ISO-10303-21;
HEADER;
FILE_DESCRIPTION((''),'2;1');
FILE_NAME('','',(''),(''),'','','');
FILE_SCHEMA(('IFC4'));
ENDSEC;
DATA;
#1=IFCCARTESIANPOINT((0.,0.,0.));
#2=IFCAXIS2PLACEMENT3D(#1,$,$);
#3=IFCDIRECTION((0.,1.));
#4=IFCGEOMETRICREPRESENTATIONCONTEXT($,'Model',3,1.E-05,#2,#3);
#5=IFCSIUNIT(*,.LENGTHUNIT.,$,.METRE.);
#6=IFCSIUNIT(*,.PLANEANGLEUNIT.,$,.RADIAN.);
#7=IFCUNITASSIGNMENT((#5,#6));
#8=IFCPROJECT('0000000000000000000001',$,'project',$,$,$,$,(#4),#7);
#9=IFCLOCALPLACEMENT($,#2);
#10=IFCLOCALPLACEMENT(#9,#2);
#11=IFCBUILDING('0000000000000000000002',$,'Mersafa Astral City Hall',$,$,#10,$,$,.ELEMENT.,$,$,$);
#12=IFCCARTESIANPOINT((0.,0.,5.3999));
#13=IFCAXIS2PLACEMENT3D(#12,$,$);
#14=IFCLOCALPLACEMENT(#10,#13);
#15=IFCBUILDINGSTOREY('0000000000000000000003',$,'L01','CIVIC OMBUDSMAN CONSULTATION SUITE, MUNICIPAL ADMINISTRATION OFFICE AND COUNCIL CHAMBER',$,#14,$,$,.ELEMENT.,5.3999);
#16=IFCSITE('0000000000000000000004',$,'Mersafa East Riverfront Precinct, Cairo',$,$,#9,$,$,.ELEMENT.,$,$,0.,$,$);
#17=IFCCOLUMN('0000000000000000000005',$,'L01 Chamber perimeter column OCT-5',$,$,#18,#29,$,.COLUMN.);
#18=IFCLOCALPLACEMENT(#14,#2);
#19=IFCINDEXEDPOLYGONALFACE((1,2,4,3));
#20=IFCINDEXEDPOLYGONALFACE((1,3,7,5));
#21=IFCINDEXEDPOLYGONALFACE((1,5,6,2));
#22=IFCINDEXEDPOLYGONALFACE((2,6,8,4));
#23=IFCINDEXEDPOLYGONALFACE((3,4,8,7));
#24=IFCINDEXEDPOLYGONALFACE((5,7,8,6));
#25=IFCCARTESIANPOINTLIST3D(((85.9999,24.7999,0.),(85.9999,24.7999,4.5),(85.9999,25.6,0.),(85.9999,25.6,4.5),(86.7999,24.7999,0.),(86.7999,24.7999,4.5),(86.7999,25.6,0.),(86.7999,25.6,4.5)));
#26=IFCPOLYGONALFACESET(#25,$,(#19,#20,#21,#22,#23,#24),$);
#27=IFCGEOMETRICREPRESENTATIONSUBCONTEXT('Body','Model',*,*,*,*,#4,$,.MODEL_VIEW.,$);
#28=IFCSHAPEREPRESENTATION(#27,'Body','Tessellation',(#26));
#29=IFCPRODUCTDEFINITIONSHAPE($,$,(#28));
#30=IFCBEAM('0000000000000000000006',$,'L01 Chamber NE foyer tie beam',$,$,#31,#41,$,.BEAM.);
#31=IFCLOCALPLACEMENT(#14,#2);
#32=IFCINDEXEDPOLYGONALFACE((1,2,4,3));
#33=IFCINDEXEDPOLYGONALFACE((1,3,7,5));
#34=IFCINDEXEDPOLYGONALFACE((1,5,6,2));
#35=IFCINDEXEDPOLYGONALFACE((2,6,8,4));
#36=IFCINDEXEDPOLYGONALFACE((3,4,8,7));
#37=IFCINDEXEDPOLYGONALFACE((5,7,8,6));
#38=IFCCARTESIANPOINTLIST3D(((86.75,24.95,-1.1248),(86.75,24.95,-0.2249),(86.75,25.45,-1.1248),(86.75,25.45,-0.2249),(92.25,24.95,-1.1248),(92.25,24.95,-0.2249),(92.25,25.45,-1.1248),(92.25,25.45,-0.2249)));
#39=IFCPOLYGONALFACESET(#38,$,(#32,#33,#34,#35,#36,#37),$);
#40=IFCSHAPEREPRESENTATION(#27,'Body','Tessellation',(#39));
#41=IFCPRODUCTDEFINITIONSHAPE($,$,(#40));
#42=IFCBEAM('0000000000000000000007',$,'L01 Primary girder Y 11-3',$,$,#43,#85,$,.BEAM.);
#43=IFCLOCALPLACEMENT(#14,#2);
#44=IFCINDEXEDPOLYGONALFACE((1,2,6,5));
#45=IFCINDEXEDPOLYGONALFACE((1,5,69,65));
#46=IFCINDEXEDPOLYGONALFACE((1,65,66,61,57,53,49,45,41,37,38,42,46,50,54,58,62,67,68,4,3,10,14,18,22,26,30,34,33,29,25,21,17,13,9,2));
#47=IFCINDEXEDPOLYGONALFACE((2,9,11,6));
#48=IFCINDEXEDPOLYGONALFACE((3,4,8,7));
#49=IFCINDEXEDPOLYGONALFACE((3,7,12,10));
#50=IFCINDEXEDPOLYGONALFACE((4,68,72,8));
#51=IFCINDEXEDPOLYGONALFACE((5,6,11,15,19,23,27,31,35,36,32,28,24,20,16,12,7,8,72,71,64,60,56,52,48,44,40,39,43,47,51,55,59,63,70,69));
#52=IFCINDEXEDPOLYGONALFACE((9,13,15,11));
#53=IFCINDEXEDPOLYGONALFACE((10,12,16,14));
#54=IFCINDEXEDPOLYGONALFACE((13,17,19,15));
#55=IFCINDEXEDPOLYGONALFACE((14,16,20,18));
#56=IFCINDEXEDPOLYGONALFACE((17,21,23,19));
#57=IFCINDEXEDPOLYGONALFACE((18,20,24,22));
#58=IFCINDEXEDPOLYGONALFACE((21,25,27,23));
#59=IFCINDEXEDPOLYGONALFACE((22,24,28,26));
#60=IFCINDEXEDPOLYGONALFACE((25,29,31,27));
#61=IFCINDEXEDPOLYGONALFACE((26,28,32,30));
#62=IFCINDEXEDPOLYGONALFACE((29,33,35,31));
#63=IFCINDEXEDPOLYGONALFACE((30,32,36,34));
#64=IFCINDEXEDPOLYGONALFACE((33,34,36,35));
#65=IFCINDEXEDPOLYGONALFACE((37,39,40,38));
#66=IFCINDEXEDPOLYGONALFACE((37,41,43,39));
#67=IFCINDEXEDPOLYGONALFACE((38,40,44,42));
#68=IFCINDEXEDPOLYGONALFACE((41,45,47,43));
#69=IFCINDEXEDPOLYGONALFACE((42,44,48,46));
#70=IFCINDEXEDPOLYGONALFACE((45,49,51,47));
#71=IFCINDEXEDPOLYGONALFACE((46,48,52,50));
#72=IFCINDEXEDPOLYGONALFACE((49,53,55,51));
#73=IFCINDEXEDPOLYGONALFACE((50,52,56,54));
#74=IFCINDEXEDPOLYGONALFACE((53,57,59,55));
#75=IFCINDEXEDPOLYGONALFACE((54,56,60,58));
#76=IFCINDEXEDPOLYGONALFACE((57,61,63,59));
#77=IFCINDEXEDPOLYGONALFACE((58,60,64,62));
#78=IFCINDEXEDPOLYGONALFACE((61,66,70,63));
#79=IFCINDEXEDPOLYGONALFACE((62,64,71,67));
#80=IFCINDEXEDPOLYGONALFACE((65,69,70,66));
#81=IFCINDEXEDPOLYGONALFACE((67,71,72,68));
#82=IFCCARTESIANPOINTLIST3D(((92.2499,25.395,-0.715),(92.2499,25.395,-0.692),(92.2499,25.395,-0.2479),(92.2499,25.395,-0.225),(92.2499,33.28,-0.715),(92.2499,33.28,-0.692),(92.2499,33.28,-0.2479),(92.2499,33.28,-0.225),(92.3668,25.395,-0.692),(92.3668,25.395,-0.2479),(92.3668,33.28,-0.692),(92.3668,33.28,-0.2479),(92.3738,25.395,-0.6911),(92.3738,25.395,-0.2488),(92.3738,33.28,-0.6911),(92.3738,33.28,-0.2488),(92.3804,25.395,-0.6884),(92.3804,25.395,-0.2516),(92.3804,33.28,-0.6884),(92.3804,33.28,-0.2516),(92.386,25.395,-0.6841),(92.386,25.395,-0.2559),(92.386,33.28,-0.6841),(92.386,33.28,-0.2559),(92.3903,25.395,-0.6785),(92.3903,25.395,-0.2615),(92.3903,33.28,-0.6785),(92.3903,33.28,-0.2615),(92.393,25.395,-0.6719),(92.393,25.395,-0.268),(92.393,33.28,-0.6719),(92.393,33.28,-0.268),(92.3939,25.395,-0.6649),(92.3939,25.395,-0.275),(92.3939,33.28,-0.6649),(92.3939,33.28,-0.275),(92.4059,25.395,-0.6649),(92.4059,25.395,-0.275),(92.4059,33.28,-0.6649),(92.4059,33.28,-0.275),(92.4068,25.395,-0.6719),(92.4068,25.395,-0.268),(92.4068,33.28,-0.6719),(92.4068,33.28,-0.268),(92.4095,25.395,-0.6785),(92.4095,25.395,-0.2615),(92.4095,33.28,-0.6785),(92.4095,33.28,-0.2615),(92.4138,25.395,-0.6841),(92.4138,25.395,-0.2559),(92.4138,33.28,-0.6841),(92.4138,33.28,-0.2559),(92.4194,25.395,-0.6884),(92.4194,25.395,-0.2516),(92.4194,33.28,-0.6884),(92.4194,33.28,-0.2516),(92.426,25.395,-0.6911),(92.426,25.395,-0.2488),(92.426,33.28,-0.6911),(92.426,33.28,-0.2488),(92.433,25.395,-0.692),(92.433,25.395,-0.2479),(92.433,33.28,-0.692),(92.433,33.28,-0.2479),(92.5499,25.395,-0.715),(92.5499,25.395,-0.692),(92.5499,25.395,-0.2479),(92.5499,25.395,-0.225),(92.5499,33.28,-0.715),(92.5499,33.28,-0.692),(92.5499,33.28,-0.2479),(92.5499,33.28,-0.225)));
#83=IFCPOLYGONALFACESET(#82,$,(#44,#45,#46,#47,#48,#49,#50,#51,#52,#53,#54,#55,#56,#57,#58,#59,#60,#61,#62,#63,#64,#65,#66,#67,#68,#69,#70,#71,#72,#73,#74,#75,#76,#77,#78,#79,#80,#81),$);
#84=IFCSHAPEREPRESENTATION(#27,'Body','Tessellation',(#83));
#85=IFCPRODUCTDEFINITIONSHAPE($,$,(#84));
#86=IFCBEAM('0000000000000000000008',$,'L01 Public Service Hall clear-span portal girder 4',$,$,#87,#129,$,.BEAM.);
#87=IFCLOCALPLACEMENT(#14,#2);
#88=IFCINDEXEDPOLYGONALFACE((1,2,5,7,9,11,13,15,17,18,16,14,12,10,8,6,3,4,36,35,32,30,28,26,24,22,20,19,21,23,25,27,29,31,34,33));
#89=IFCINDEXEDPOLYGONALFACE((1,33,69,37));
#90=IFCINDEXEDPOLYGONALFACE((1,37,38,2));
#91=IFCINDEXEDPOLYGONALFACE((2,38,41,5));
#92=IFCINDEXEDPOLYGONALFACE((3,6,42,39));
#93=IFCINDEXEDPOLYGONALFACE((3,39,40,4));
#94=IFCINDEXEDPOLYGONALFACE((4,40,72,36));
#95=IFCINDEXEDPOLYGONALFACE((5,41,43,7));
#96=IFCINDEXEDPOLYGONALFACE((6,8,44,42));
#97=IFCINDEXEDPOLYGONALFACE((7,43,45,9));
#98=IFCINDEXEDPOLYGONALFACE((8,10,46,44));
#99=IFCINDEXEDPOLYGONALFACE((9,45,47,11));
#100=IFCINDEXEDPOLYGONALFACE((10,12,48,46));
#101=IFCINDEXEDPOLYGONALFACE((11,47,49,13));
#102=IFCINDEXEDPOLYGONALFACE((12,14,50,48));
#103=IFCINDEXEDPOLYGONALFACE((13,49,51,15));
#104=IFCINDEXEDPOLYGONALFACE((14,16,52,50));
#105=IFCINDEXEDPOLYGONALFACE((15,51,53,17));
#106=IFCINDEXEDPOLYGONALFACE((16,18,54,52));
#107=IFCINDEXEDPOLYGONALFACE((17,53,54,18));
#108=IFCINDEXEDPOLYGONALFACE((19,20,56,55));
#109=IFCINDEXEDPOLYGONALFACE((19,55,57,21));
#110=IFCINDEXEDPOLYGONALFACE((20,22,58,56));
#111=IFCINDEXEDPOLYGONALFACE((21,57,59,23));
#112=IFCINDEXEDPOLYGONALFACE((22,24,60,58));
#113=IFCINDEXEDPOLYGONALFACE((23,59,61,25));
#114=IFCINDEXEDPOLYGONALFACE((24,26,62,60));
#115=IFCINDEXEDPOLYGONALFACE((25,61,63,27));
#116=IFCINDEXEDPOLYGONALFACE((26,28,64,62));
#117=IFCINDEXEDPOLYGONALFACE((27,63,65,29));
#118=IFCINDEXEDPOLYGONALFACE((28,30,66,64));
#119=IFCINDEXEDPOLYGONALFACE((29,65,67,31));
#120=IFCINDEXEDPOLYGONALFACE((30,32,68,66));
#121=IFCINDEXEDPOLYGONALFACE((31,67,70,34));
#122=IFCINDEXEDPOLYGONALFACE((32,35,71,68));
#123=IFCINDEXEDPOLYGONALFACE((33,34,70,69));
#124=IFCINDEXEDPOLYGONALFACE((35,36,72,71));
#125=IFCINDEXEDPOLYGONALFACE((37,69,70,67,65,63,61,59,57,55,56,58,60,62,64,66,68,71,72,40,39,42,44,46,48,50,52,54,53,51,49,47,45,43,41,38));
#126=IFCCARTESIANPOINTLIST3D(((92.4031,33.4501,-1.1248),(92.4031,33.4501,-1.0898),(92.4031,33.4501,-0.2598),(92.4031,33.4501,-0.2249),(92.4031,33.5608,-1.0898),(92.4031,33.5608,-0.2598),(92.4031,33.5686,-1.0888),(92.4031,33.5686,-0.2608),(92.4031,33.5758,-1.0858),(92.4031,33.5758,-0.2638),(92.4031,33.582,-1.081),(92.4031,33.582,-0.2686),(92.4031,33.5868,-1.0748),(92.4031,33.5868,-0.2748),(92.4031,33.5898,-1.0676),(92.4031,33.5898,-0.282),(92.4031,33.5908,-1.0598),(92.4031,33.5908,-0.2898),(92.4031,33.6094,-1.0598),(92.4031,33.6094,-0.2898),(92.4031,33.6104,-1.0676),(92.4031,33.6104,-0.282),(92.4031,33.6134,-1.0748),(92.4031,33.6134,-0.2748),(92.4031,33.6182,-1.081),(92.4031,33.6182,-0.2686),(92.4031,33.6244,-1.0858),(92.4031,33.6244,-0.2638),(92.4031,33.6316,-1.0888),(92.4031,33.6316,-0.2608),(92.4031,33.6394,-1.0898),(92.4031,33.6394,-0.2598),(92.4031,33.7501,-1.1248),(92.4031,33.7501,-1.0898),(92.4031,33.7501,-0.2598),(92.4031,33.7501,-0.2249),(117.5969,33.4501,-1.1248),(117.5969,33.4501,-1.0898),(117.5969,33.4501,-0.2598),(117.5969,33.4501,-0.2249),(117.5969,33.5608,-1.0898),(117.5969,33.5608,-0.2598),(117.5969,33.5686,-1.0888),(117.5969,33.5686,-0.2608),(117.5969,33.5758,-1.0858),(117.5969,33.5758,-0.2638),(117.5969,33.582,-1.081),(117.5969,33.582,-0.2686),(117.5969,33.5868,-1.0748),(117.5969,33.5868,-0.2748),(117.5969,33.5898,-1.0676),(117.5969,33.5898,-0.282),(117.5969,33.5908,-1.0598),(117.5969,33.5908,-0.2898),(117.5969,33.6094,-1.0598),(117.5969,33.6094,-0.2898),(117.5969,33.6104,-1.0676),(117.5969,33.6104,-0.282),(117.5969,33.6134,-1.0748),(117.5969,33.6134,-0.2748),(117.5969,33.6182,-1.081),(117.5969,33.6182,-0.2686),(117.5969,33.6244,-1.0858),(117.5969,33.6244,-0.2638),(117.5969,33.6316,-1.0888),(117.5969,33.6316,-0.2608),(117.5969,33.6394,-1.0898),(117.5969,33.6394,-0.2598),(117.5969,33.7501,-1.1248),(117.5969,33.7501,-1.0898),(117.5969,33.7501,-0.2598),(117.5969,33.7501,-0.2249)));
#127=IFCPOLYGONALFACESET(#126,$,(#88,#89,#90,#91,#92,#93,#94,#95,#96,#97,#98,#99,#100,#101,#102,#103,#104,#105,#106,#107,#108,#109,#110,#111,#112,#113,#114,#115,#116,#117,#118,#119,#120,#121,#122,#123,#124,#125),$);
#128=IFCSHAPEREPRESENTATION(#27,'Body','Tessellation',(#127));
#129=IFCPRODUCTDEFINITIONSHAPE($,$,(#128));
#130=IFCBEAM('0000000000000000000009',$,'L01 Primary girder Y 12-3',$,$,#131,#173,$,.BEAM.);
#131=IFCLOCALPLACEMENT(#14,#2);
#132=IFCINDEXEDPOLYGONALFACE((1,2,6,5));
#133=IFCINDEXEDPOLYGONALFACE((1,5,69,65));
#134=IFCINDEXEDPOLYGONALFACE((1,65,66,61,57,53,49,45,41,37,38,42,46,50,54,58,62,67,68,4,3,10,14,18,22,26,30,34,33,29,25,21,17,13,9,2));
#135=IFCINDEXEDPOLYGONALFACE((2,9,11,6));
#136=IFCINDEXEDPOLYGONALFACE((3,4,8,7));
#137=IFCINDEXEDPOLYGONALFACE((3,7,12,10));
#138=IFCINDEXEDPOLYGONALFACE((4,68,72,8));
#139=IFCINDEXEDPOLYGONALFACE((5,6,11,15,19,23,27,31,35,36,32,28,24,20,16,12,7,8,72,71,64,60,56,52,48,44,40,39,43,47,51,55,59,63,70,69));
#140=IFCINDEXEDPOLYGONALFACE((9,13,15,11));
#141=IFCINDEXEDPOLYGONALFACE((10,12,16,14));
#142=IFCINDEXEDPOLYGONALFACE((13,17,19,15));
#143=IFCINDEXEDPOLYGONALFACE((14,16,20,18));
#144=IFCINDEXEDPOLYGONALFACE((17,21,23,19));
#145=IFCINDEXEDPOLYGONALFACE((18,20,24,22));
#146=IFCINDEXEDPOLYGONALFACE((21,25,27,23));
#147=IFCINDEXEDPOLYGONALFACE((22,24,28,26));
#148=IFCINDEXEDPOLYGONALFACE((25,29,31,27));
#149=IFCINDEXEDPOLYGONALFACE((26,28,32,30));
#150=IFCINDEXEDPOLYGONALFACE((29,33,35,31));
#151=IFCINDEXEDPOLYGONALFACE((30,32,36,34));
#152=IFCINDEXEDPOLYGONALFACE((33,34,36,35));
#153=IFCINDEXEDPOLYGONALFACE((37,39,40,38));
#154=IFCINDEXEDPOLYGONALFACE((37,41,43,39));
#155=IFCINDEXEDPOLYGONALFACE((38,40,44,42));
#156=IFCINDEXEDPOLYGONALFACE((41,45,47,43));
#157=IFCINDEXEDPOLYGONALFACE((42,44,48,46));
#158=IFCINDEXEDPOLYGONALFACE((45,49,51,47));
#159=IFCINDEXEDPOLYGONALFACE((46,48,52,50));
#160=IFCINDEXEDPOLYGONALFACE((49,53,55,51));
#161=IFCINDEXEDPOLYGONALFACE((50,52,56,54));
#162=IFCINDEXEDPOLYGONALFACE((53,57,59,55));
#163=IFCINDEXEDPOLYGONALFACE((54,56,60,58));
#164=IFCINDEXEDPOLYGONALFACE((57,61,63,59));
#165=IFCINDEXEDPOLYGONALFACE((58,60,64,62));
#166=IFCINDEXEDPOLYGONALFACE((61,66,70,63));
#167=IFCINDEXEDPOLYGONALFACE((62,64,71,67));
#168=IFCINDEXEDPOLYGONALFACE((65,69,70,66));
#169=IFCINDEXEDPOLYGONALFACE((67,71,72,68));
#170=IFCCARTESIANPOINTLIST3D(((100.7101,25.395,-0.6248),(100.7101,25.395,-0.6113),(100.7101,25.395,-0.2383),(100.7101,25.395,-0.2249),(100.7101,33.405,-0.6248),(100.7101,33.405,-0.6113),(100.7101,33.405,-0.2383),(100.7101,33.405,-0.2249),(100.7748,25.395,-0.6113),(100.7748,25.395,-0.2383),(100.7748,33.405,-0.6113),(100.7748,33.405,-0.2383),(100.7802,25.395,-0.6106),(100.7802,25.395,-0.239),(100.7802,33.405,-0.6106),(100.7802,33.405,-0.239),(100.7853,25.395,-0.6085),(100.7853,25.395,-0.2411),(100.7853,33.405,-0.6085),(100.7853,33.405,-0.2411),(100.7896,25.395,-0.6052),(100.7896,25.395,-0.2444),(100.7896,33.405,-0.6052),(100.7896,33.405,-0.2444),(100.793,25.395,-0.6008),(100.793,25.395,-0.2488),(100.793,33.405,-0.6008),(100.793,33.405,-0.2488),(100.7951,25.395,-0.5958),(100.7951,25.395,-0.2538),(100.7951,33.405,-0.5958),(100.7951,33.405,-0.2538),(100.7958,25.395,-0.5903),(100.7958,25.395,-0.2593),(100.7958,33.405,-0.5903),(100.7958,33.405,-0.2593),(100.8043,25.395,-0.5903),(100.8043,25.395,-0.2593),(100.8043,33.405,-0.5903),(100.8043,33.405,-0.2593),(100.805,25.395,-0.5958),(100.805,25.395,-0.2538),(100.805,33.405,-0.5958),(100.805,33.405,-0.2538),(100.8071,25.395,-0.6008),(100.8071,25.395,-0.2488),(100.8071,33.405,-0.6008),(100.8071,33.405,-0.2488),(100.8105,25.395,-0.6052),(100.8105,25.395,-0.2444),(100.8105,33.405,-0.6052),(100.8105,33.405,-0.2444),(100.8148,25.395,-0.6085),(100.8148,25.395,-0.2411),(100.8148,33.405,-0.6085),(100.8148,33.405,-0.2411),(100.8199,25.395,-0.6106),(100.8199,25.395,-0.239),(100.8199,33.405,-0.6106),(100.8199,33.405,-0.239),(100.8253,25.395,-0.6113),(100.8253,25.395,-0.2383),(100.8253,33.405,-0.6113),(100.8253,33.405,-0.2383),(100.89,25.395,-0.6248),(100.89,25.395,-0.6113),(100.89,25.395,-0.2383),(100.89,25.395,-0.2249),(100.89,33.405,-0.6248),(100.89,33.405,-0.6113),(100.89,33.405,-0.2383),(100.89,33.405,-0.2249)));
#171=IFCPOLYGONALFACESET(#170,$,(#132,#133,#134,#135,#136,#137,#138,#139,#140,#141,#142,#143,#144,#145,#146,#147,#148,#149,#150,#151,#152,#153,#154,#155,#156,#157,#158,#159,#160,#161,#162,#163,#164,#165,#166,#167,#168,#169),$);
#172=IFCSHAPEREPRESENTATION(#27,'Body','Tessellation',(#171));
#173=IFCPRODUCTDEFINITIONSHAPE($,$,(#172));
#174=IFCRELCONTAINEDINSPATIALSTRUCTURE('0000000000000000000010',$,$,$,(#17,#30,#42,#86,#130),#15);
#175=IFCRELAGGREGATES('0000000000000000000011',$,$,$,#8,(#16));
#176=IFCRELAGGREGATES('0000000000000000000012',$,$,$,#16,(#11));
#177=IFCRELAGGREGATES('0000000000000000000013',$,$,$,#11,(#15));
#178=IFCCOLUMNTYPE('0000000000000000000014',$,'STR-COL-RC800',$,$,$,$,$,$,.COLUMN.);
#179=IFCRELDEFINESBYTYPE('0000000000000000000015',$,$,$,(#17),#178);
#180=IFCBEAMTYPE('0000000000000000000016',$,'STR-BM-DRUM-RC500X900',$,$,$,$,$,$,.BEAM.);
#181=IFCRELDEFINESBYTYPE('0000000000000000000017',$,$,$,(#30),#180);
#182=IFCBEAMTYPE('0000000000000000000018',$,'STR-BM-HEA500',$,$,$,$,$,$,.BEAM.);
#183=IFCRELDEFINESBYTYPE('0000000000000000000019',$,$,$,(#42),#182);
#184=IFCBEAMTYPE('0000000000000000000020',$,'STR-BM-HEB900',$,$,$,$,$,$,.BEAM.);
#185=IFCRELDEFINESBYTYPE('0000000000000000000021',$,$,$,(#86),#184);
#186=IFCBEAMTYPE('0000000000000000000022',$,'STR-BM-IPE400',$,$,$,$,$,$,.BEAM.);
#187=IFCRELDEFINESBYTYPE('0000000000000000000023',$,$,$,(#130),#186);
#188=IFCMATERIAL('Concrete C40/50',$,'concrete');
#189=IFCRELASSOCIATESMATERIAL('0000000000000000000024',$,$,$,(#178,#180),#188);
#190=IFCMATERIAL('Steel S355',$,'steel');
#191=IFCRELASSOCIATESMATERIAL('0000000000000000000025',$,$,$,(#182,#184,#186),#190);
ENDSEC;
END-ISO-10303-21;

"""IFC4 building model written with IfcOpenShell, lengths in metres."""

from ifc_helpers import new_model, si_unit, direction, frame, origin, origin_2d, place, context, subcontext, project, spatial, rectangle, i_section, extrude, material, material_profile, profile_set, type_object, element, save


model = new_model("IFC4")

# Units and contexts
model_context = context("Model", 3, precision=1e-05, world=origin(), true_north=direction((0.0, 1.0)))
body_context = subcontext(model_context, "Body", "Model", "MODEL_VIEW")
ifc_project = project(units=[si_unit("LENGTHUNIT", "METRE"), si_unit("PLANEANGLEUNIT", "RADIAN")], contexts=[model_context])

# Site, building, storey
site_placement = place(None, origin())
site = spatial("IfcSite", under=ifc_project, at=site_placement, Name="Mersafa East Riverfront Precinct, Cairo", CompositionType="ELEMENT", RefElevation=0.0)
building_placement = place(site_placement, origin())
building = spatial("IfcBuilding", under=site, at=building_placement, Name="Mersafa Astral City Hall", CompositionType="ELEMENT")
storey_placement = place(building_placement, frame((0.0, 0.0, 5.3999)))
storey = spatial("IfcBuildingStorey", under=building, at=storey_placement, Name="L01", Description="CIVIC OMBUDSMAN CONSULTATION SUITE, MUNICIPAL ADMINISTRATION OFFICE AND COUNCIL CHAMBER", CompositionType="ELEMENT", Elevation=5.3999)

# Column
ifc_material_1 = material(Name="Steel S355", Category="steel")
ifc_material_2 = material(Name="Concrete C40/50", Category="concrete")
ifc_material_profile_1 = material_profile(ifc_material_2, rectangle(XDim=0.8, YDim=0.8, at=origin_2d()), Name="RC 800x800")
ifc_profile_set_1 = profile_set([ifc_material_profile_1], Name="Concrete C40/50")
column_type_1 = type_object("IfcColumnType", Name="STR-COL-RC800", PredefinedType="COLUMN", material=ifc_profile_set_1)
column_1_placement = place(storey_placement, frame((86.3999, 25.2, 0.0), z_axis=(0.0, 0.0, 1.0), x_axis=(1.0, 0.0, 0.0)))
element("IfcColumn", 1, at=column_1_placement, inside=storey, type_object=column_type_1, Name="L01 Chamber perimeter column OCT-5", PredefinedType="COLUMN", context=body_context, shape_type="SweptSolid", body=[
    extrude(rectangle(XDim=0.8, YDim=0.8, at=origin_2d()), origin(), (0.0, 0.0, 1.0), 4.5),
])

# Beams
ifc_material_profile_2 = material_profile(ifc_material_2, rectangle(XDim=0.5, YDim=0.8999, at=origin_2d()), Name="RC 500x900")
ifc_profile_set_2 = profile_set([ifc_material_profile_2], Name="Concrete C40/50")
beam_type_1 = type_object("IfcBeamType", Name="STR-BM-DRUM-RC500X900", PredefinedType="BEAM", material=ifc_profile_set_2)
beam_1_placement = place(storey_placement, frame((86.75, 25.2, -0.6748), z_axis=(1.0, 0.0, 0.0), x_axis=(0.0, 1.0, 0.0)))
element("IfcBeam", 2, at=beam_1_placement, inside=storey, type_object=beam_type_1, Name="L01 Chamber NE foyer tie beam", PredefinedType="BEAM", context=body_context, shape_type="SweptSolid", body=[
    extrude(rectangle(XDim=0.5, YDim=0.8999, at=origin_2d()), origin(), (0.0, 0.0, 1.0), 5.5),
])
ifc_material_profile_3 = material_profile(ifc_material_1, i_section(OverallWidth=0.3, OverallDepth=0.49, WebThickness=0.012, FlangeThickness=0.0229, FilletRadius=0.0271, at=origin_2d()), Name="HEA 500")
ifc_profile_set_3 = profile_set([ifc_material_profile_3], Name="Steel S355")
beam_type_2 = type_object("IfcBeamType", Name="STR-BM-HEA500", PredefinedType="BEAM", material=ifc_profile_set_3)
beam_2_placement = place(storey_placement, frame((92.3999, 25.395, -0.47), z_axis=(0.0, 1.0, 0.0), x_axis=(-1.0, 0.0, 0.0)))
element("IfcBeam", 3, at=beam_2_placement, inside=storey, type_object=beam_type_2, Name="L01 Primary girder Y 11-3", PredefinedType="BEAM", context=body_context, shape_type="SweptSolid", body=[
    extrude(i_section(OverallWidth=0.3, OverallDepth=0.49, WebThickness=0.012, FlangeThickness=0.0229, FilletRadius=0.0271, at=origin_2d()), origin(), (0.0, 0.0, 1.0), 7.885),
])
ifc_material_profile_4 = material_profile(ifc_material_1, i_section(OverallWidth=0.3, OverallDepth=0.8999, WebThickness=0.0186, FlangeThickness=0.0349, FilletRadius=0.03, at=origin_2d()), Name="HEB 900")
ifc_profile_set_4 = profile_set([ifc_material_profile_4], Name="Steel S355")
beam_type_3 = type_object("IfcBeamType", Name="STR-BM-HEB900", PredefinedType="BEAM", material=ifc_profile_set_4)
beam_3_placement = place(storey_placement, frame((92.4031, 33.6001, -0.6748), z_axis=(1.0, 0.0, 0.0), x_axis=(0.0, 1.0, 0.0)))
element("IfcBeam", 4, at=beam_3_placement, inside=storey, type_object=beam_type_3, Name="L01 Public Service Hall clear-span portal girder 4", PredefinedType="BEAM", context=body_context, shape_type="SweptSolid", body=[
    extrude(i_section(OverallWidth=0.3, OverallDepth=0.8999, WebThickness=0.0186, FlangeThickness=0.0349, FilletRadius=0.03, at=origin_2d()), origin(), (0.0, 0.0, 1.0), 25.1938),
])
ifc_material_profile_5 = material_profile(ifc_material_1, i_section(OverallWidth=0.1799, OverallDepth=0.3999, WebThickness=0.0085, FlangeThickness=0.0134, FilletRadius=0.021, at=origin_2d()), Name="IPE 400")
ifc_profile_set_5 = profile_set([ifc_material_profile_5], Name="Steel S355")
beam_type_4 = type_object("IfcBeamType", Name="STR-BM-IPE400", PredefinedType="BEAM", material=ifc_profile_set_5)
beam_4_placement = place(storey_placement, frame((100.8, 25.395, -0.4248), z_axis=(0.0, 1.0, 0.0), x_axis=(-1.0, 0.0, 0.0)))
element("IfcBeam", 5, at=beam_4_placement, inside=storey, type_object=beam_type_4, Name="L01 Primary girder Y 12-3", PredefinedType="BEAM", context=body_context, shape_type="SweptSolid", body=[
    extrude(i_section(OverallWidth=0.1799, OverallDepth=0.3999, WebThickness=0.0085, FlangeThickness=0.0134, FilletRadius=0.021, at=origin_2d()), origin(), (0.0, 0.0, 1.0), 8.01),
])

save(model, "model.ifc")
